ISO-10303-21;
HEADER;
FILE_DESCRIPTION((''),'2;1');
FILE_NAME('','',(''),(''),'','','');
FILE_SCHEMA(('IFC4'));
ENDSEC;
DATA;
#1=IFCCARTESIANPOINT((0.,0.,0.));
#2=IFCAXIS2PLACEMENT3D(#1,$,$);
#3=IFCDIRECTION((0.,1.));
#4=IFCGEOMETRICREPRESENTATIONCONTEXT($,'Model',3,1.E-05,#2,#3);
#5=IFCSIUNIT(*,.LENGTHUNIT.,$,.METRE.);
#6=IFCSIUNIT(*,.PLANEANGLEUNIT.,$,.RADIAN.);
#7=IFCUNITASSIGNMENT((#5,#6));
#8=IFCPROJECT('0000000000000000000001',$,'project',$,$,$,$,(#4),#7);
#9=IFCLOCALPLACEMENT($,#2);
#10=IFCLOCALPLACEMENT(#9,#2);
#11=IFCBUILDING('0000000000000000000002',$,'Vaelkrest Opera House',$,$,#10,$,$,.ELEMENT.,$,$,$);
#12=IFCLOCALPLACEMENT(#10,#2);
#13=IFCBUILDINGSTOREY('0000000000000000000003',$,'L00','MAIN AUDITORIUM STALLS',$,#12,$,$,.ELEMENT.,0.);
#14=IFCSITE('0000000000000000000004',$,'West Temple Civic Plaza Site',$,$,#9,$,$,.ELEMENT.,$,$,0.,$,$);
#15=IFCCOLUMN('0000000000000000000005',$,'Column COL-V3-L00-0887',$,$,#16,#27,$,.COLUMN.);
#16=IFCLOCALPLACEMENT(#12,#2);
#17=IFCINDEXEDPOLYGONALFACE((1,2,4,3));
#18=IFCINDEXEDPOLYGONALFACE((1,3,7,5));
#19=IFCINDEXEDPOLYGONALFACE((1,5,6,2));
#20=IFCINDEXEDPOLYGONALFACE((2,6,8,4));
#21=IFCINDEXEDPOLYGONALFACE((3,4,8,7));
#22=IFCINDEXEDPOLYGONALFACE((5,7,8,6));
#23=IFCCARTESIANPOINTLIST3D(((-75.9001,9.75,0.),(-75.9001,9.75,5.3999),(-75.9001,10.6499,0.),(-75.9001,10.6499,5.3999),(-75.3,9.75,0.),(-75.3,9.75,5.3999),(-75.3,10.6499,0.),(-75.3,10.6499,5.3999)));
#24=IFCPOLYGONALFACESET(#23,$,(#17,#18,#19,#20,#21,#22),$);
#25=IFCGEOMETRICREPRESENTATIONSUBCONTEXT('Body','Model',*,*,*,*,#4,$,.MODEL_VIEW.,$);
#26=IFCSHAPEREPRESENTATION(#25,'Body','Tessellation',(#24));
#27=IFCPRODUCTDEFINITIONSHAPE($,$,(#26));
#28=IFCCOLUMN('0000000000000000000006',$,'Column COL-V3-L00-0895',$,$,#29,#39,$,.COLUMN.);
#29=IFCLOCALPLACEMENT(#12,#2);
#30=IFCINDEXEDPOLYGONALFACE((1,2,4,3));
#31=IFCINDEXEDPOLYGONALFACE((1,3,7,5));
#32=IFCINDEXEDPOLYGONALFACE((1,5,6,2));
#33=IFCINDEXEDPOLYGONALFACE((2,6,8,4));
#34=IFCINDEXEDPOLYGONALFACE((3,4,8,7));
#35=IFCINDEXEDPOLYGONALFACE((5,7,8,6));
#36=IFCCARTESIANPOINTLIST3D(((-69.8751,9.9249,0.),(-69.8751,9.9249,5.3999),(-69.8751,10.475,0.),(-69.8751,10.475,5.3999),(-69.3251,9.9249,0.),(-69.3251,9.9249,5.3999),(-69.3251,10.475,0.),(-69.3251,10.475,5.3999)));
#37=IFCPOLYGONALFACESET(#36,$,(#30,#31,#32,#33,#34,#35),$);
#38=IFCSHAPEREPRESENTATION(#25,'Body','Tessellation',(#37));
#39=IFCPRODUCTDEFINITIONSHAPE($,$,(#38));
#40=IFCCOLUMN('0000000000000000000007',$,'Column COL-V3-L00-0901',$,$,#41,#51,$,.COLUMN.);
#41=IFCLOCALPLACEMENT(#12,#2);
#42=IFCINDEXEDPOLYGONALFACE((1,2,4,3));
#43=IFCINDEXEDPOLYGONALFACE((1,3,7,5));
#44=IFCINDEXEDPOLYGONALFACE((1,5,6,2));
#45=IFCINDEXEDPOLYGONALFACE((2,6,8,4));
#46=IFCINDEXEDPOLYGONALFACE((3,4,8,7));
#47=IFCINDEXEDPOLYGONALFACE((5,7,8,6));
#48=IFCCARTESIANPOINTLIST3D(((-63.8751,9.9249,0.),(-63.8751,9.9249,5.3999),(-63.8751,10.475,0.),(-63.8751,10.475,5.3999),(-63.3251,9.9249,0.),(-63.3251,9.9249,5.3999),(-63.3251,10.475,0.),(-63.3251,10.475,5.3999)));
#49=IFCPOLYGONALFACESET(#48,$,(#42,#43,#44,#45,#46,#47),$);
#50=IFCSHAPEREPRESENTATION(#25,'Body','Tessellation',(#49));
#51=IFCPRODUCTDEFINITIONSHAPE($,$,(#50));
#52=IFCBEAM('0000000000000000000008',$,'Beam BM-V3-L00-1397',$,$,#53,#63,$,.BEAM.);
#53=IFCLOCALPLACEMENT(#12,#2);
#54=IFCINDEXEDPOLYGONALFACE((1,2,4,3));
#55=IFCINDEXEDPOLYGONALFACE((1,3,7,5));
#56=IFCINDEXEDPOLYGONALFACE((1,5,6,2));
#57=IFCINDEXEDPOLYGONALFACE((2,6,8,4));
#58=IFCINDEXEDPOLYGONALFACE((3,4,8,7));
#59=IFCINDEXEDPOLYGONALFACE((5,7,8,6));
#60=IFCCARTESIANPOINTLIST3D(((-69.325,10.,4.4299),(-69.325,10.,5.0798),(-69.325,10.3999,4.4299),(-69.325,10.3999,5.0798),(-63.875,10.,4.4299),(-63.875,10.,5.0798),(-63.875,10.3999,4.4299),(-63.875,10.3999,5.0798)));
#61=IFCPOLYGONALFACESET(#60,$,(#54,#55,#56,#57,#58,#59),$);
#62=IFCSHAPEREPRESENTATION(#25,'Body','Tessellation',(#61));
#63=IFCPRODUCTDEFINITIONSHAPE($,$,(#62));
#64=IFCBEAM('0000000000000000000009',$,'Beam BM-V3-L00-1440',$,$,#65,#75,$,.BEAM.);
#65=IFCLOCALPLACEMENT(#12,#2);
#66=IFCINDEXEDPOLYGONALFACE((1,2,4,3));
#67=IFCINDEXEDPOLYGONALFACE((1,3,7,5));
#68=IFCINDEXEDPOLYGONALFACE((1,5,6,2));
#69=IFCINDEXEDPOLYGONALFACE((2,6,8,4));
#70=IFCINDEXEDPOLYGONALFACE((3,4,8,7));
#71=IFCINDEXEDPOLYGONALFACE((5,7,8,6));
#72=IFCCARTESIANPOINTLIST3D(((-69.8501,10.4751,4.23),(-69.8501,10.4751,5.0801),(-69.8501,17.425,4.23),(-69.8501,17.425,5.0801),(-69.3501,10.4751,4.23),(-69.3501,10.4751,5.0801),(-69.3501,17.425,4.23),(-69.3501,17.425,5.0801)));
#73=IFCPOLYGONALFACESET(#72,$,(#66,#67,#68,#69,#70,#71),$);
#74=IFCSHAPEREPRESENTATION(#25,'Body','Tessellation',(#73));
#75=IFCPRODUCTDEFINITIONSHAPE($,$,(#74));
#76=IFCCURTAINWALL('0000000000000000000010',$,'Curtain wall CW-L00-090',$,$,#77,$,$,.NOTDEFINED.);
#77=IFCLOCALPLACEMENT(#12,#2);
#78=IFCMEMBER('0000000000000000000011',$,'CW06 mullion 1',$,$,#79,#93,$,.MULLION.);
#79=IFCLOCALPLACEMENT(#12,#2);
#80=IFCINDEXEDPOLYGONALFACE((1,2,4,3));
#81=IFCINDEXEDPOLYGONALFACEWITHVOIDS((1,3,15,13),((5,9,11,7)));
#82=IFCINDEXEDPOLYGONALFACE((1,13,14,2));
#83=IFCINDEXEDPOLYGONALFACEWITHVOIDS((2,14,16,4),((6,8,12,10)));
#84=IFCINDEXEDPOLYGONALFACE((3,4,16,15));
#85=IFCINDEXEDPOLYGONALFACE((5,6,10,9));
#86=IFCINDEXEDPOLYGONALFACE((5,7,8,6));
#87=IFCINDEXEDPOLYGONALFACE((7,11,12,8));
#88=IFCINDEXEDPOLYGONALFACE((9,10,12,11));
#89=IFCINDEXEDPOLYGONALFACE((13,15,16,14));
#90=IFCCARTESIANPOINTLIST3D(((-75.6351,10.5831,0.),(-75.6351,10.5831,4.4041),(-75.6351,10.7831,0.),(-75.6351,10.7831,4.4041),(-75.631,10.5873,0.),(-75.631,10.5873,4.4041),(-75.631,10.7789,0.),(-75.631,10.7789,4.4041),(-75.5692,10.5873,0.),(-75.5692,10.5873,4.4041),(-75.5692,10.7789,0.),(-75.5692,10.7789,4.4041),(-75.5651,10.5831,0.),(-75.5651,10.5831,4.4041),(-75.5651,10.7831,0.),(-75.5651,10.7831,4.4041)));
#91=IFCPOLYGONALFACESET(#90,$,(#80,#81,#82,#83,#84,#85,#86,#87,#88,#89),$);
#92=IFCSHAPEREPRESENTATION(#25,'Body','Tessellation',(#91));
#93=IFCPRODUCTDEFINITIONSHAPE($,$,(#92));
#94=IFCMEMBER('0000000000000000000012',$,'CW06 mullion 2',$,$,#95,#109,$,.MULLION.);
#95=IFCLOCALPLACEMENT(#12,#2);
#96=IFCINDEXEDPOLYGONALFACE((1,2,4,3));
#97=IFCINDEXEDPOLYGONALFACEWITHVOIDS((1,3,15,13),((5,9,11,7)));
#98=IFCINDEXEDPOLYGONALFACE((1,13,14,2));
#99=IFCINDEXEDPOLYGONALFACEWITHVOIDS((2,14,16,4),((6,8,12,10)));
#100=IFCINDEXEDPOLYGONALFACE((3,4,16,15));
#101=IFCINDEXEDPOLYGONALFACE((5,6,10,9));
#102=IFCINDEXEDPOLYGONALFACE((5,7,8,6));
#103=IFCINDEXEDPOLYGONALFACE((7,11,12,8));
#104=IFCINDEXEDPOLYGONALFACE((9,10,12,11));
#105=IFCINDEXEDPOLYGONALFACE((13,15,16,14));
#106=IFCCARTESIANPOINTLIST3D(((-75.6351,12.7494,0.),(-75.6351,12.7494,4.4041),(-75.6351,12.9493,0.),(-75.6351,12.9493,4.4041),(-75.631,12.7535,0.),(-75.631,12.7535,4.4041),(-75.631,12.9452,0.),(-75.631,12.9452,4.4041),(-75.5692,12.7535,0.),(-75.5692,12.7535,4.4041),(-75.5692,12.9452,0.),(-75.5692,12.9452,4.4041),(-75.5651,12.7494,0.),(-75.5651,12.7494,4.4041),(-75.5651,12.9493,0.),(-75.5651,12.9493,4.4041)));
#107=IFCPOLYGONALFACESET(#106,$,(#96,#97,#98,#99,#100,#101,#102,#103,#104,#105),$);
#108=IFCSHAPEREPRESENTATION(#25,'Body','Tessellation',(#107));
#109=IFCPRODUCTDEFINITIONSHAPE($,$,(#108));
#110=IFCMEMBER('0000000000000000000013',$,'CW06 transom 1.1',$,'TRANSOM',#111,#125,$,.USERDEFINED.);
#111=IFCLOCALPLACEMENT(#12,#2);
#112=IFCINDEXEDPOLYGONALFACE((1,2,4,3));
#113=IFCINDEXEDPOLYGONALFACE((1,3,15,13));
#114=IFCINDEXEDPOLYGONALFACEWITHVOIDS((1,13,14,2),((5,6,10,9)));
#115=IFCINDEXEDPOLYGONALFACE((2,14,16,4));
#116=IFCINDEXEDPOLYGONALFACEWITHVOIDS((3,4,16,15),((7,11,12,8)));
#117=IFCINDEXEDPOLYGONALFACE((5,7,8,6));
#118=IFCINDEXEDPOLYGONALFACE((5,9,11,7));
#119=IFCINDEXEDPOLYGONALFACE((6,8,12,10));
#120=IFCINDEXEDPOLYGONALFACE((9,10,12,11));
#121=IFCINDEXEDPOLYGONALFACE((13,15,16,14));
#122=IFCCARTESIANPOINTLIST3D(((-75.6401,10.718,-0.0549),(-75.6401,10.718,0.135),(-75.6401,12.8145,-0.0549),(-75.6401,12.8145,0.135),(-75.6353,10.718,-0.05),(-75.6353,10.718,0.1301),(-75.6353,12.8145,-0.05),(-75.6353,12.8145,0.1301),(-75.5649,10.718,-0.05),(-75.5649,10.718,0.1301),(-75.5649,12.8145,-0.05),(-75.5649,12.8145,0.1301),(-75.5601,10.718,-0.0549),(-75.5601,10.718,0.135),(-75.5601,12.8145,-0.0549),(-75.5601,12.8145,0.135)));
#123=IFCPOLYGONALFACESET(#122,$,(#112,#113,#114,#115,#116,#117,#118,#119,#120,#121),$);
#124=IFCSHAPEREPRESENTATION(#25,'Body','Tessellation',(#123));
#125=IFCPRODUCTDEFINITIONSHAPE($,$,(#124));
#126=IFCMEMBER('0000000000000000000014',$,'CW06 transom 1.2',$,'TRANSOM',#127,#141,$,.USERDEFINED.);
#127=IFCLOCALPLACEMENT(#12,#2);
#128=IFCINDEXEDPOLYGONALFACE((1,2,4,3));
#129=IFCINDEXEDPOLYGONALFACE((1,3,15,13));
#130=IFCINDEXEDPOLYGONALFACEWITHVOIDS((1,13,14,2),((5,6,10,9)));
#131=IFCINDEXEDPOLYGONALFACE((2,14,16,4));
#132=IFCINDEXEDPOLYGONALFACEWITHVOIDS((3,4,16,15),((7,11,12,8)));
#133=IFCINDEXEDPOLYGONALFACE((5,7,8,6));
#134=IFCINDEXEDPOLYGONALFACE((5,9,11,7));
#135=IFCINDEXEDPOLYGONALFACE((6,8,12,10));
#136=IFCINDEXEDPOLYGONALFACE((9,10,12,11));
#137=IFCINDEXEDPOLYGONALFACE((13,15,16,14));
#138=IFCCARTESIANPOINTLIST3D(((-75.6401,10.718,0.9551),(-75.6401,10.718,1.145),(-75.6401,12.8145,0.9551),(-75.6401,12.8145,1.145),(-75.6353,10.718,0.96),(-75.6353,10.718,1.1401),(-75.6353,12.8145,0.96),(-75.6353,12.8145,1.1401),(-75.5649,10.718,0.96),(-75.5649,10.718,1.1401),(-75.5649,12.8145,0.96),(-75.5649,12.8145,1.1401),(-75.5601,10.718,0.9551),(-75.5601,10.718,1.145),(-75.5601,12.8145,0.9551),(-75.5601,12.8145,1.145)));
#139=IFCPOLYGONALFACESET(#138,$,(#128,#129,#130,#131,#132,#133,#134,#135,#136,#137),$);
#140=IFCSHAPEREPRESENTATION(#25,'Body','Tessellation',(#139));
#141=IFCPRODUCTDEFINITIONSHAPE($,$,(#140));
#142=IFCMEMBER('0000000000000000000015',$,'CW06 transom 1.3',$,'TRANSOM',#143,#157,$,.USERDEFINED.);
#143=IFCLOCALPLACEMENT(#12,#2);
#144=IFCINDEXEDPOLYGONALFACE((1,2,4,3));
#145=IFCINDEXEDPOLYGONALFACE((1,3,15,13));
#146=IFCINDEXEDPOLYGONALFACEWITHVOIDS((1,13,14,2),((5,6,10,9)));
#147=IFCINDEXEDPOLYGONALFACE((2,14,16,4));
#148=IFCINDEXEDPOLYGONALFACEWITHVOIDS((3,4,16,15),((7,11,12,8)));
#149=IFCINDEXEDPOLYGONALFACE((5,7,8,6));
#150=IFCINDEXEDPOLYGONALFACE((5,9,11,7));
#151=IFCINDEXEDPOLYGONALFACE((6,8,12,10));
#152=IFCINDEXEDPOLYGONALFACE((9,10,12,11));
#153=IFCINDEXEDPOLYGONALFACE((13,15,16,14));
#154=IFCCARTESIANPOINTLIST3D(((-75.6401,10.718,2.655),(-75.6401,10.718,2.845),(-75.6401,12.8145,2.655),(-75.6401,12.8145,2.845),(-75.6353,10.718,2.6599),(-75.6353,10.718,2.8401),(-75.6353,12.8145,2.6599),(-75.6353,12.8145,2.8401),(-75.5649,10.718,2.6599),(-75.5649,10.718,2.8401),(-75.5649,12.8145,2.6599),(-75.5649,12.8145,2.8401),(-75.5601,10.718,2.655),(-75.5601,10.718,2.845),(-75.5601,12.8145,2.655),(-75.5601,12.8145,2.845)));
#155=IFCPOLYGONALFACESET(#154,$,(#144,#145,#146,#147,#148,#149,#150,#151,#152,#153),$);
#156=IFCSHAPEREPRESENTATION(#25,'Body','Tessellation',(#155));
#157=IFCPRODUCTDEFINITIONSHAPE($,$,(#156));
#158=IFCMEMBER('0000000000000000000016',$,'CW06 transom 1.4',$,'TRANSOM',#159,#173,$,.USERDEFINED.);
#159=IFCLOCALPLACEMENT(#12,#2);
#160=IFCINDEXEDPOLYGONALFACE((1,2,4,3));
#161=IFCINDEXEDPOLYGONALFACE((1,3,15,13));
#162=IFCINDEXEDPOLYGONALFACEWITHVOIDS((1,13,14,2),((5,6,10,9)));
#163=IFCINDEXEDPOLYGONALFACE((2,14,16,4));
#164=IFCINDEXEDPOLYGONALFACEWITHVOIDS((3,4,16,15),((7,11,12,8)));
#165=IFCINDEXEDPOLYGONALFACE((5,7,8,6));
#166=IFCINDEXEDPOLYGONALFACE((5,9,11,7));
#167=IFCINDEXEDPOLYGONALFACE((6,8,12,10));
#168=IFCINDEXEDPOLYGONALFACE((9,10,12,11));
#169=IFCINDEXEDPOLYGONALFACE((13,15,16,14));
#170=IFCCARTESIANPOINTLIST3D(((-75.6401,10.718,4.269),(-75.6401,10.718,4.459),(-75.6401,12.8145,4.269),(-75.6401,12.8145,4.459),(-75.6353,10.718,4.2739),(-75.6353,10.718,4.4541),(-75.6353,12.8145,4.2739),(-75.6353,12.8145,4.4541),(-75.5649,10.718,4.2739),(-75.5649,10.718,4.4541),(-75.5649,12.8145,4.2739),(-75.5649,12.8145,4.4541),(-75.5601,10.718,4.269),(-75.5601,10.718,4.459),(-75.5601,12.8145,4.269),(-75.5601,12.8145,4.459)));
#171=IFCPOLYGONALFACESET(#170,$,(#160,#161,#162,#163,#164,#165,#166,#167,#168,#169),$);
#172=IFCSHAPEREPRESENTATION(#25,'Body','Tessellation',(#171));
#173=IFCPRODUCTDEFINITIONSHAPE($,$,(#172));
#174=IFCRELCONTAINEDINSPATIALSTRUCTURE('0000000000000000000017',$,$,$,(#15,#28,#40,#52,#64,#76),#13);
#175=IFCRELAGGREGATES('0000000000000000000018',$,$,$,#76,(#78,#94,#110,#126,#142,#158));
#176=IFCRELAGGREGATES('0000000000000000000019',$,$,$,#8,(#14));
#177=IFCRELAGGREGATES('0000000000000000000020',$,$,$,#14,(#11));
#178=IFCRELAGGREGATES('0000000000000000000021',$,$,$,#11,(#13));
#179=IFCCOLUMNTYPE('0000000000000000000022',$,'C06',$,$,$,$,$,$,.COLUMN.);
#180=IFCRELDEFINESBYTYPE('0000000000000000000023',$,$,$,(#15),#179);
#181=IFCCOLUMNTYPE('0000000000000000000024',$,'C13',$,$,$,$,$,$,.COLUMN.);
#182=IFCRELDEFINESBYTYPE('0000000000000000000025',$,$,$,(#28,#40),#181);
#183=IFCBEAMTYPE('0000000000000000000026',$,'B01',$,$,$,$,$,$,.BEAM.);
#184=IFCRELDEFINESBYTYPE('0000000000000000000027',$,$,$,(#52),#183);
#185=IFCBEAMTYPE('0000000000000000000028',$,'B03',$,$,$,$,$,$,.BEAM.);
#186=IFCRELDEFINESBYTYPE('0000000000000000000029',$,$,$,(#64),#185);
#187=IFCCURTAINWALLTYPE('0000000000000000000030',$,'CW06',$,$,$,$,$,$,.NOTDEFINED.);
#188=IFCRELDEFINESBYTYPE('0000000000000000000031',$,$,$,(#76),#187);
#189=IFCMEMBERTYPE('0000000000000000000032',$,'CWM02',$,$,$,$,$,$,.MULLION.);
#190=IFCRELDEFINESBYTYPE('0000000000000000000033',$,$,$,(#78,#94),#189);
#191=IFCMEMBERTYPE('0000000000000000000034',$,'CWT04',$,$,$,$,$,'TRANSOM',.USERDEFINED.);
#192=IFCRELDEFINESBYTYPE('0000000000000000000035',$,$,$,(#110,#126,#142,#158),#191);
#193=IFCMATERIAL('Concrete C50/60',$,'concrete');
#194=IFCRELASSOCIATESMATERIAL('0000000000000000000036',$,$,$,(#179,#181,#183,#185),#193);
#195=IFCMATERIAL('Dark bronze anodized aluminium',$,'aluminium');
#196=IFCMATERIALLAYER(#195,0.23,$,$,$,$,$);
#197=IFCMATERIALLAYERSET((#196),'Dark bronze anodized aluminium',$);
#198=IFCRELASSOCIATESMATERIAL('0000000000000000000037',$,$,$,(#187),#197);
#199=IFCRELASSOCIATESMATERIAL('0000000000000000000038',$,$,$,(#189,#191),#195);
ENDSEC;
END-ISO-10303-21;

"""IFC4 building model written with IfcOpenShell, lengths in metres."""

from ifc_helpers import new_model, si_unit, direction, frame, origin, origin_2d, place, context, subcontext, project, spatial, rectangle, hollow_rectangle, extrude, material, layer, layer_set, material_profile, profile_set, type_object, element, aggregate, save


model = new_model("IFC4")

# Units and contexts
model_context = context("Model", 3, precision=1e-05, world=origin(), true_north=direction((0.0, 1.0)))
body_context = subcontext(model_context, "Body", "Model", "MODEL_VIEW")
ifc_project = project(units=[si_unit("LENGTHUNIT", "METRE"), si_unit("PLANEANGLEUNIT", "RADIAN")], contexts=[model_context])

# Site, building, storey
site_placement = place(None, origin())
site = spatial("IfcSite", under=ifc_project, at=site_placement, Name="West Temple Civic Plaza Site", CompositionType="ELEMENT", RefElevation=0.0)
building_placement = place(site_placement, origin())
building = spatial("IfcBuilding", under=site, at=building_placement, Name="Vaelkrest Opera House", CompositionType="ELEMENT")
storey_placement = place(building_placement, origin())
storey = spatial("IfcBuildingStorey", under=building, at=storey_placement, Name="L00", Description="MAIN AUDITORIUM STALLS", CompositionType="ELEMENT", Elevation=0.0)

# Columns
ifc_material_1 = material(Name="Concrete C50/60", Category="concrete")
ifc_material_profile_1 = material_profile(ifc_material_1, rectangle(XDim=0.6001, YDim=0.8999, at=origin_2d()), Name="RC600X900")
ifc_profile_set_1 = profile_set([ifc_material_profile_1], Name="Concrete C50/60")
column_type_1 = type_object("IfcColumnType", Name="C06", PredefinedType="COLUMN", material=ifc_profile_set_1)
column_placement = place(storey_placement, frame((-75.6001, 10.2, 0.0), z_axis=(0.0, 0.0, 1.0), x_axis=(1.0, 0.0, 0.0)))
element("IfcColumn", 1, at=column_placement, inside=storey, type_object=column_type_1, Name="Column COL-V3-L00-0887", PredefinedType="COLUMN", context=body_context, shape_type="SweptSolid", body=[
    extrude(rectangle(XDim=0.6001, YDim=0.8999, at=origin_2d()), origin(), (0.0, 0.0, 1.0), 5.3999),
])
ifc_material_profile_2 = material_profile(ifc_material_1, rectangle(XDim=0.55, YDim=0.55, at=origin_2d()), Name="RC550X550")
ifc_profile_set_2 = profile_set([ifc_material_profile_2], Name="Concrete C50/60")
column_type_2 = type_object("IfcColumnType", Name="C13", PredefinedType="COLUMN", material=ifc_profile_set_2)
for number, where, z_axis, x_axis, name in (
    (2, (-69.6001, 10.2, 0.0), (0.0, 0.0, 1.0), (1.0, 0.0, 0.0), "Column COL-V3-L00-0895"),
    (3, (-63.6001, 10.2, 0.0), (0.0, 0.0, 1.0), (1.0, 0.0, 0.0), "Column COL-V3-L00-0901"),
):
    element("IfcColumn", number, at=place(storey_placement, frame(where, z_axis=z_axis, x_axis=x_axis)), inside=storey, type_object=column_type_2, Name=name, PredefinedType="COLUMN", context=body_context, shape_type="SweptSolid", body=[
        extrude(rectangle(XDim=0.55, YDim=0.55, at=origin_2d()), origin(), (0.0, 0.0, 1.0), 5.3999),
    ])

# Beams
ifc_material_profile_3 = material_profile(ifc_material_1, rectangle(XDim=0.3999, YDim=0.6499, at=origin_2d()), Name="RCB400X650")
ifc_profile_set_3 = profile_set([ifc_material_profile_3], Name="Concrete C50/60")
beam_type_1 = type_object("IfcBeamType", Name="B01", PredefinedType="BEAM", material=ifc_profile_set_3)
beam_1_placement = place(storey_placement, frame((-69.325, 10.2, 4.7549), z_axis=(1.0, 0.0, 0.0), x_axis=(0.0, 1.0, 0.0)))
element("IfcBeam", 4, at=beam_1_placement, inside=storey, type_object=beam_type_1, Name="Beam BM-V3-L00-1397", PredefinedType="BEAM", context=body_context, shape_type="SweptSolid", body=[
    extrude(rectangle(XDim=0.3999, YDim=0.6499, at=origin_2d()), origin(), (0.0, 0.0, 1.0), 5.45),
])
ifc_material_profile_4 = material_profile(ifc_material_1, rectangle(XDim=0.5, YDim=0.8501, at=origin_2d()), Name="RCB500X850")
ifc_profile_set_4 = profile_set([ifc_material_profile_4], Name="Concrete C50/60")
beam_type_2 = type_object("IfcBeamType", Name="B03", PredefinedType="BEAM", material=ifc_profile_set_4)
beam_2_placement = place(storey_placement, frame((-69.6001, 10.4751, 4.655), z_axis=(0.0, 1.0, 0.0), x_axis=(-1.0, 0.0, 0.0)))
element("IfcBeam", 5, at=beam_2_placement, inside=storey, type_object=beam_type_2, Name="Beam BM-V3-L00-1440", PredefinedType="BEAM", context=body_context, shape_type="SweptSolid", body=[
    extrude(rectangle(XDim=0.5, YDim=0.8501, at=origin_2d()), origin(), (0.0, 0.0, 1.0), 6.95),
])

# Curtain wall, members
ifc_material_2 = material(Name="Dark bronze anodized aluminium", Category="aluminium")
ifc_layer_1 = layer(ifc_material_2, 0.23)
ifc_layer_set_1 = layer_set([ifc_layer_1], Name="Dark bronze anodized aluminium")
curtain_wall_type = type_object("IfcCurtainWallType", Name="CW06", PredefinedType="NOTDEFINED", material=ifc_layer_set_1)
curtain_wall_placement = place(storey_placement, origin())
curtain_wall = element("IfcCurtainWall", 6, at=curtain_wall_placement, inside=storey, type_object=curtain_wall_type, Name="Curtain wall CW-L00-090", PredefinedType="NOTDEFINED")
ifc_material_profile_5 = material_profile(ifc_material_2, hollow_rectangle(XDim=0.0701, YDim=0.2, WallThickness=0.0042, at=origin_2d()), Name="CWM70X200")
ifc_profile_set_5 = profile_set([ifc_material_profile_5], Name="Dark bronze anodized aluminium")
member_type_1 = type_object("IfcMemberType", Name="CWM02", PredefinedType="MULLION", material=ifc_profile_set_5)
member_1_placement = place(storey_placement, frame((-75.6001, 10.6831, 0.0), z_axis=(0.0, 0.0, 1.0), x_axis=(-1.0, 0.0, 0.0)))
member_1 = element("IfcMember", 7, at=member_1_placement, type_object=member_type_1, Name="CW06 mullion 1", PredefinedType="MULLION", context=body_context, shape_type="SweptSolid", body=[
    extrude(hollow_rectangle(XDim=0.0701, YDim=0.2, WallThickness=0.0042, at=origin_2d()), origin(), (0.0, 0.0, 1.0), 4.4041),
])
member_2_placement = place(storey_placement, frame((-75.6001, 12.8494, 0.0), z_axis=(0.0, 0.0, 1.0), x_axis=(-1.0, 0.0, 0.0)))
member_2 = element("IfcMember", 8, at=member_2_placement, type_object=member_type_1, Name="CW06 mullion 2", PredefinedType="MULLION", context=body_context, shape_type="SweptSolid", body=[
    extrude(hollow_rectangle(XDim=0.0701, YDim=0.2, WallThickness=0.0042, at=origin_2d()), origin(), (0.0, 0.0, 1.0), 4.4041),
])
ifc_material_profile_6 = material_profile(ifc_material_2, hollow_rectangle(XDim=0.0801, YDim=0.1899, WallThickness=0.0049, at=origin_2d()), Name="CWT80X190")
ifc_profile_set_6 = profile_set([ifc_material_profile_6], Name="Dark bronze anodized aluminium")
member_type_2 = type_object("IfcMemberType", Name="CWT04", ElementType="TRANSOM", PredefinedType="USERDEFINED", material=ifc_profile_set_6)
member_3_placement = place(storey_placement, frame((-75.6001, 10.718, 0.04), z_axis=(0.0, 1.0, 0.0), x_axis=(-1.0, 0.0, 0.0)))
member_3 = element("IfcMember", 9, at=member_3_placement, type_object=member_type_2, Name="CW06 transom 1.1", ObjectType="TRANSOM", PredefinedType="USERDEFINED", context=body_context, shape_type="SweptSolid", body=[
    extrude(hollow_rectangle(XDim=0.0801, YDim=0.1899, WallThickness=0.0049, at=origin_2d()), origin(), (0.0, 0.0, 1.0), 2.0964),
])
member_4_placement = place(storey_placement, frame((-75.6001, 10.718, 1.05), z_axis=(0.0, 1.0, 0.0), x_axis=(-1.0, 0.0, 0.0)))
member_4 = element("IfcMember", 10, at=member_4_placement, type_object=member_type_2, Name="CW06 transom 1.2", ObjectType="TRANSOM", PredefinedType="USERDEFINED", context=body_context, shape_type="SweptSolid", body=[
    extrude(hollow_rectangle(XDim=0.0801, YDim=0.1899, WallThickness=0.0049, at=origin_2d()), origin(), (0.0, 0.0, 1.0), 2.0964),
])
member_5_placement = place(storey_placement, frame((-75.6001, 10.718, 2.75), z_axis=(0.0, 1.0, 0.0), x_axis=(-1.0, 0.0, 0.0)))
member_5 = element("IfcMember", 11, at=member_5_placement, type_object=member_type_2, Name="CW06 transom 1.3", ObjectType="TRANSOM", PredefinedType="USERDEFINED", context=body_context, shape_type="SweptSolid", body=[
    extrude(hollow_rectangle(XDim=0.0801, YDim=0.1899, WallThickness=0.0049, at=origin_2d()), origin(), (0.0, 0.0, 1.0), 2.0964),
])
member_6_placement = place(storey_placement, frame((-75.6001, 10.718, 4.364), z_axis=(0.0, 1.0, 0.0), x_axis=(-1.0, 0.0, 0.0)))
member_6 = element("IfcMember", 12, at=member_6_placement, type_object=member_type_2, Name="CW06 transom 1.4", ObjectType="TRANSOM", PredefinedType="USERDEFINED", context=body_context, shape_type="SweptSolid", body=[
    extrude(hollow_rectangle(XDim=0.0801, YDim=0.1899, WallThickness=0.0049, at=origin_2d()), origin(), (0.0, 0.0, 1.0), 2.0964),
])

aggregate(curtain_wall, [member_1, member_2, member_3, member_4, member_5, member_6])

save(model, "model.ifc")
